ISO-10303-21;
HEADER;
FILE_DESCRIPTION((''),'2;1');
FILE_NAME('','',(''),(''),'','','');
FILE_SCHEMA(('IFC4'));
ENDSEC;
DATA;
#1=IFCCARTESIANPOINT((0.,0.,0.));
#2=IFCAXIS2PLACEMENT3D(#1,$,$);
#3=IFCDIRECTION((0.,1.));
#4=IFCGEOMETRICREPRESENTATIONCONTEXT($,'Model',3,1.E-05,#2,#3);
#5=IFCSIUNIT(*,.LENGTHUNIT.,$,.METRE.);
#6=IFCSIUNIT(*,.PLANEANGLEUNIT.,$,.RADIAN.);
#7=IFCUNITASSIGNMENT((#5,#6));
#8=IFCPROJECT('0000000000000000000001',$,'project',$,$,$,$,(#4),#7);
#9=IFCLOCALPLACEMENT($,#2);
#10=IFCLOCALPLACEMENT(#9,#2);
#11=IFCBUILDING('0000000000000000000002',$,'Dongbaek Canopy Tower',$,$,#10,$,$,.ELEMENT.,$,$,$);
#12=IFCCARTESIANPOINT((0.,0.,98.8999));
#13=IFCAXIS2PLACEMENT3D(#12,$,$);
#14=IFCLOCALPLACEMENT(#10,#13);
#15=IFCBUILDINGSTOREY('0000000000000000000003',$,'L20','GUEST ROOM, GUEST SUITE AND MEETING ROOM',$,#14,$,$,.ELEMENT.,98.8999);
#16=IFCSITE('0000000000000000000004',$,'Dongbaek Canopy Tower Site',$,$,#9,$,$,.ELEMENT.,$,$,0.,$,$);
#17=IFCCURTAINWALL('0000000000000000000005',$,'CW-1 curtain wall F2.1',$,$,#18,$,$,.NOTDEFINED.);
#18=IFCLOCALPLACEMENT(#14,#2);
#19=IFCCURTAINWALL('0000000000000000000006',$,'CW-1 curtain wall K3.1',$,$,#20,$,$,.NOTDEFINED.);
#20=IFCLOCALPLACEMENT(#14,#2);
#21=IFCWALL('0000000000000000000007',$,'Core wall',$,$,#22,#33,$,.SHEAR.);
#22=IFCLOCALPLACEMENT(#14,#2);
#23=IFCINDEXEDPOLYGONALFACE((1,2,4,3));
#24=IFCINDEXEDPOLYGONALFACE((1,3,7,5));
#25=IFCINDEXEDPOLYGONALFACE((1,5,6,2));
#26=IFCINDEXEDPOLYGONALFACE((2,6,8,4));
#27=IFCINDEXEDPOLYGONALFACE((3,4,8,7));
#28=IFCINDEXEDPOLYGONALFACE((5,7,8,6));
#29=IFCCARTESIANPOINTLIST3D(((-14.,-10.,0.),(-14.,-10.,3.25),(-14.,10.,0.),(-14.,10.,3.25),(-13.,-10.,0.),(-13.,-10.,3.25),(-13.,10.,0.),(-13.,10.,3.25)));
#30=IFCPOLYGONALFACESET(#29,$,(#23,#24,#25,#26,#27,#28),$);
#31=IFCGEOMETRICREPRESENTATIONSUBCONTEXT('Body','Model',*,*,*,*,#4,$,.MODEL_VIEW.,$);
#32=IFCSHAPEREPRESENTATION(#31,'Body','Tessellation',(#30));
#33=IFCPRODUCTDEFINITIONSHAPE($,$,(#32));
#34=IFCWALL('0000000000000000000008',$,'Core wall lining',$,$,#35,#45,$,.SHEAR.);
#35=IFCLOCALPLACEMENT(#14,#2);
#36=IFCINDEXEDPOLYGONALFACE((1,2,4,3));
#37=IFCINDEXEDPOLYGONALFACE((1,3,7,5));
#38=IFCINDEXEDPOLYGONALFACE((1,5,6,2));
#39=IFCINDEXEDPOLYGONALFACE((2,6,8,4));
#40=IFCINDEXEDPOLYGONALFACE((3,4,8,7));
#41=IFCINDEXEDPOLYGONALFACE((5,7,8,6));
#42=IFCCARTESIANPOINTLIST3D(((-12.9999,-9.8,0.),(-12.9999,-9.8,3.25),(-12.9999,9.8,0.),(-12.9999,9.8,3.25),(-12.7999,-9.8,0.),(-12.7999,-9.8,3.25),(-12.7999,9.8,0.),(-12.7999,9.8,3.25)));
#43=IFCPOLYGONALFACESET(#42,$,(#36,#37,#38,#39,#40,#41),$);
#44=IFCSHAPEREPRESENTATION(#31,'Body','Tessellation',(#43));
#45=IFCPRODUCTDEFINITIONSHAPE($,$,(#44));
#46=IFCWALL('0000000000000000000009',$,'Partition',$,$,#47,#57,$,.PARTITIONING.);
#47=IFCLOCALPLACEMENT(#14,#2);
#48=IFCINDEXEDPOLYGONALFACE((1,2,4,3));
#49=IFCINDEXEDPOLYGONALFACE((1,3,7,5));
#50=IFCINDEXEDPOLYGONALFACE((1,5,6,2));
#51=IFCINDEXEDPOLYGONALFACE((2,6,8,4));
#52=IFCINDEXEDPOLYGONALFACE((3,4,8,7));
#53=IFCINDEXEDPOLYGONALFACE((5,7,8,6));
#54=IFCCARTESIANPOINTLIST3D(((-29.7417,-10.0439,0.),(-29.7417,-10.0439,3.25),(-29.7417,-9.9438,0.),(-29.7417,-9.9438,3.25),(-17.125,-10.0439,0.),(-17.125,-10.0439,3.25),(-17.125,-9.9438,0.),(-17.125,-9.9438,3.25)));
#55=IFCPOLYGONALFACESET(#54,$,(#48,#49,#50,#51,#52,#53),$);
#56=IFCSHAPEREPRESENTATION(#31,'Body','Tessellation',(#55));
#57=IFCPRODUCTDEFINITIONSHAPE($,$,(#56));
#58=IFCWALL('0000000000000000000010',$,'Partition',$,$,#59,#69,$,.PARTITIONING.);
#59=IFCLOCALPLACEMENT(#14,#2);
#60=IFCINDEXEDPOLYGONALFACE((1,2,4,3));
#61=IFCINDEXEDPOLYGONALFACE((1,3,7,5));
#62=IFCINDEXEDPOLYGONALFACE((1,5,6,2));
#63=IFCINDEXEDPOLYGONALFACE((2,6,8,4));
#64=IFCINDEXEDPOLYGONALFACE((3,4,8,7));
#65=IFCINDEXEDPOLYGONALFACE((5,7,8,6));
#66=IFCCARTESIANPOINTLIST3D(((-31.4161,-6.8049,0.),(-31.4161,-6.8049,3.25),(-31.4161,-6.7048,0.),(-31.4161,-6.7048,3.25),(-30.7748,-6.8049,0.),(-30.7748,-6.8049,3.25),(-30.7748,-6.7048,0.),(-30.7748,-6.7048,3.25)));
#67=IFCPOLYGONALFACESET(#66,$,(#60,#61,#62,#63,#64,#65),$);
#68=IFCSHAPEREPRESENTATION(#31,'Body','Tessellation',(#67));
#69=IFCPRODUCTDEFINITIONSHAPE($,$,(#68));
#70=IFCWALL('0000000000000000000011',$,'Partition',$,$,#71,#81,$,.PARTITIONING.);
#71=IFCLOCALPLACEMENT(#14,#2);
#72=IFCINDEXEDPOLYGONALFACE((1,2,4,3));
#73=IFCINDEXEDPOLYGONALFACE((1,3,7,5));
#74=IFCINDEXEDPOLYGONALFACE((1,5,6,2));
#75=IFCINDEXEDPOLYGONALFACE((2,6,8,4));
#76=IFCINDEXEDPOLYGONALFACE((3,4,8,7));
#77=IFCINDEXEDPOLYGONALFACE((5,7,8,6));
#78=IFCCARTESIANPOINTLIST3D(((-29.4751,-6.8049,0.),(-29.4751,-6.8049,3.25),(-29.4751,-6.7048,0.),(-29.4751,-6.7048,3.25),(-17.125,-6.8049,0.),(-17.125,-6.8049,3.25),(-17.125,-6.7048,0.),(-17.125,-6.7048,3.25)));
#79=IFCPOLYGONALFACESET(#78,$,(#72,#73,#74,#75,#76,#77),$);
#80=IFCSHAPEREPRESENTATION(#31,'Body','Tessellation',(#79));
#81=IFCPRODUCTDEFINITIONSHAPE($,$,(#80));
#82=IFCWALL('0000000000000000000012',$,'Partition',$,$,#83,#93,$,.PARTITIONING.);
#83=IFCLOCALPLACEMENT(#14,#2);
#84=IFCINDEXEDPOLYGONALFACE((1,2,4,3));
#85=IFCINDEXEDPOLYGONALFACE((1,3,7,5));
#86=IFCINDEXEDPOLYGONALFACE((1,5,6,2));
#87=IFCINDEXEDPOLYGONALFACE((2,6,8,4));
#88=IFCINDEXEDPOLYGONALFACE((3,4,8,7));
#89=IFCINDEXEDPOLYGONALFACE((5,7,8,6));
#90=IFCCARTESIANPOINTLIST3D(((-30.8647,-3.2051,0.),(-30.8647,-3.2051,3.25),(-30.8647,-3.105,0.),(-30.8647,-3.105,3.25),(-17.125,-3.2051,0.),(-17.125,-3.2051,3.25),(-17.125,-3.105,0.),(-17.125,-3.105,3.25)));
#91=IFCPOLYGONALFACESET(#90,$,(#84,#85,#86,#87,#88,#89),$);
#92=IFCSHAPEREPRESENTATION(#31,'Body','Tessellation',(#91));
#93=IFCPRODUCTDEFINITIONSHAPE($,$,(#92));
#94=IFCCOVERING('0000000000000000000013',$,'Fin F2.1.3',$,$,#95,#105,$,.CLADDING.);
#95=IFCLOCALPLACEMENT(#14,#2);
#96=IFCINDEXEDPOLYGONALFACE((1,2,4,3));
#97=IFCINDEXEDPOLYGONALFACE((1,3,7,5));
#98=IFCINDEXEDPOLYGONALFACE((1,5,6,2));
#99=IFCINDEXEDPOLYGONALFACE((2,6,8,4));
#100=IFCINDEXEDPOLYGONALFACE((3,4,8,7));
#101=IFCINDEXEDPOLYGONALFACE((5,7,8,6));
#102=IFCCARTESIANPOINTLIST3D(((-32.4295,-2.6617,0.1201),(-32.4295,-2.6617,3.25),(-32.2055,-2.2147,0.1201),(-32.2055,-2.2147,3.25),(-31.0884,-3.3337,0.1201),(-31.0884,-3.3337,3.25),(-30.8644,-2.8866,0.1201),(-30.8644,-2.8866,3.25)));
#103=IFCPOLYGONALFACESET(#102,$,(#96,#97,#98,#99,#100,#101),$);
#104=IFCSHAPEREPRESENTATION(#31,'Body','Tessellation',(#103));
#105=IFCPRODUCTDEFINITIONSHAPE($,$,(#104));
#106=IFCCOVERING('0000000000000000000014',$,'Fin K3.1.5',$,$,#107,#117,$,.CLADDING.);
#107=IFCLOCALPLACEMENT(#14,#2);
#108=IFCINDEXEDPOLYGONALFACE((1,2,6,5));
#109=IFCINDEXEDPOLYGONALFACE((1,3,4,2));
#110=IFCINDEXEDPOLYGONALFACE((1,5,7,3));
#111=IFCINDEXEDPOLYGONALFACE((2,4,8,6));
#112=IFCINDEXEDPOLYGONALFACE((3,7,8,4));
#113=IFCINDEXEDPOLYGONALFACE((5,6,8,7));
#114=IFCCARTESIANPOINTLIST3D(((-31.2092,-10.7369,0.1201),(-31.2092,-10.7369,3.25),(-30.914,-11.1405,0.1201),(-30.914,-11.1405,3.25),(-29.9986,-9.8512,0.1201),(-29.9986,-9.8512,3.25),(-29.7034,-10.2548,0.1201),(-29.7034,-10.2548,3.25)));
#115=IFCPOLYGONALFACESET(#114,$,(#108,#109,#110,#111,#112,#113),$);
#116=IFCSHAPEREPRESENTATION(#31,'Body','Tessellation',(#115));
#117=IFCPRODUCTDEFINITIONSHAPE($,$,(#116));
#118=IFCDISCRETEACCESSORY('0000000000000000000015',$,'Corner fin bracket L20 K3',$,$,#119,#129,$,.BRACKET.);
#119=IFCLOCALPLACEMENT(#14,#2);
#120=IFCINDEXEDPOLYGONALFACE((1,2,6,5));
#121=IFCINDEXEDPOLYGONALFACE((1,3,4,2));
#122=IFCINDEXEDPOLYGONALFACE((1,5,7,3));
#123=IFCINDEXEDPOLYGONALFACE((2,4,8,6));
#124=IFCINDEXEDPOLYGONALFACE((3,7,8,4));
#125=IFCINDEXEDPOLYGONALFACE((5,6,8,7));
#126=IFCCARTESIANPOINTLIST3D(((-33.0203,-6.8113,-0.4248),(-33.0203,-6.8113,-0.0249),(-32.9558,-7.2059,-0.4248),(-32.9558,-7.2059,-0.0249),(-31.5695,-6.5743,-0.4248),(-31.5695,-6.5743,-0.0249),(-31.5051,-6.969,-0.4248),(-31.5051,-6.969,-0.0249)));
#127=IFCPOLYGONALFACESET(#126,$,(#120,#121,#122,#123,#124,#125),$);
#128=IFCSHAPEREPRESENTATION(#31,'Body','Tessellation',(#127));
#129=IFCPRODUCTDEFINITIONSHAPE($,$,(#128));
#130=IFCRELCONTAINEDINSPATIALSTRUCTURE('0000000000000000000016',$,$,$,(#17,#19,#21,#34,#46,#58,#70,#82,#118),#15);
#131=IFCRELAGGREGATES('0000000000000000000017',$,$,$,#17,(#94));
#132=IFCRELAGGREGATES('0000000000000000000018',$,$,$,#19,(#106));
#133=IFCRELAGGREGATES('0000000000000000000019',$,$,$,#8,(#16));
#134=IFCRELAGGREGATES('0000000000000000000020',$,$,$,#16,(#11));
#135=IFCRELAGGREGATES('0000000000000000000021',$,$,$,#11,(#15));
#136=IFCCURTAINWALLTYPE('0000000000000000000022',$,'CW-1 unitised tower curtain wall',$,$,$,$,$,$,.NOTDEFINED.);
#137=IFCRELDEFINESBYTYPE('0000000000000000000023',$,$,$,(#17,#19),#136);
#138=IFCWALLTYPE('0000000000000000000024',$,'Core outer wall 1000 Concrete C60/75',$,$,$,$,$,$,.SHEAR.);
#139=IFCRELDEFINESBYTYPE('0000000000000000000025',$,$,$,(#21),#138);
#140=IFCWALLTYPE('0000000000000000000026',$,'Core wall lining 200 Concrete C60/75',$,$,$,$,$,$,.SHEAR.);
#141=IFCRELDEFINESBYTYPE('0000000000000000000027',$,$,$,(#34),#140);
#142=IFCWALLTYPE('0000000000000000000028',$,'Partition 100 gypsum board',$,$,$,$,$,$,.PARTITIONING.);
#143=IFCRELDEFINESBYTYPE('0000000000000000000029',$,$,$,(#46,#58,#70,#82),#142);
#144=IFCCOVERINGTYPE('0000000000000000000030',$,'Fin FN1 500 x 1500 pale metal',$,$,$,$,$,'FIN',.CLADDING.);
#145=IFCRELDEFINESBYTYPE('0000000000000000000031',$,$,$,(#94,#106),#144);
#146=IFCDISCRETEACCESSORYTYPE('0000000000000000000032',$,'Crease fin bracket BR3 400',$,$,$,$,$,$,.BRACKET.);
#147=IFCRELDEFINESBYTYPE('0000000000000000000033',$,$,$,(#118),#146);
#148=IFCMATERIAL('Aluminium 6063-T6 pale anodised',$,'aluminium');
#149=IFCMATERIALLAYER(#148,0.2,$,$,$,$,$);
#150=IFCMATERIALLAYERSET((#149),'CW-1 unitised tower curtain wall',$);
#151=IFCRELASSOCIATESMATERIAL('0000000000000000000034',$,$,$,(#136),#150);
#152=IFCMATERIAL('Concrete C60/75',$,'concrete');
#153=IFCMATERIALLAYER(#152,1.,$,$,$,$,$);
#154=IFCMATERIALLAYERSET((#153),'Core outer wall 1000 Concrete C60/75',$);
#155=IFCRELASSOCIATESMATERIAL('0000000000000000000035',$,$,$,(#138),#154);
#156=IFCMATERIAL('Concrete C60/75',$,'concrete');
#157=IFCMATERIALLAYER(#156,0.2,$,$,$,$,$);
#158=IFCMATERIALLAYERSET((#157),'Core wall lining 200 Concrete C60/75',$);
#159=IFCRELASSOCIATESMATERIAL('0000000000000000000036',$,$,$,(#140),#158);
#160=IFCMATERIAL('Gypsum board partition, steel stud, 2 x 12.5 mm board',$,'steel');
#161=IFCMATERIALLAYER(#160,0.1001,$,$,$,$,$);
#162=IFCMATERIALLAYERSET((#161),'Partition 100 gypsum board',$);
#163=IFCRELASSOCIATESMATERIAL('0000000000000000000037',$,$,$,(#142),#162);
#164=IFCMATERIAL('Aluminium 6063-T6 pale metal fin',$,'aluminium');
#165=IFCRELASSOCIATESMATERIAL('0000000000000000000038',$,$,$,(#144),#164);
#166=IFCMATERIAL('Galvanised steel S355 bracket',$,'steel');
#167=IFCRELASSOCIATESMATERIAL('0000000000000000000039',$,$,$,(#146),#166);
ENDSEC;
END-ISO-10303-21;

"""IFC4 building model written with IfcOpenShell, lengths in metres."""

from ifc_helpers import new_model, si_unit, direction, frame, frame_2d, origin, origin_2d, place, context, subcontext, project, spatial, rectangle, extrude, material, layer, layer_set, material_profile, profile_set, type_object, element, aggregate, save


model = new_model("IFC4")

# Units and contexts
model_context = context("Model", 3, precision=1e-05, world=origin(), true_north=direction((0.0, 1.0)))
body_context = subcontext(model_context, "Body", "Model", "MODEL_VIEW")
ifc_project = project(units=[si_unit("LENGTHUNIT", "METRE"), si_unit("PLANEANGLEUNIT", "RADIAN")], contexts=[model_context])

# Site, building, storey
site_placement = place(None, origin())
site = spatial("IfcSite", under=ifc_project, at=site_placement, Name="Dongbaek Canopy Tower Site", CompositionType="ELEMENT", RefElevation=0.0)
building_placement = place(site_placement, origin())
building = spatial("IfcBuilding", under=site, at=building_placement, Name="Dongbaek Canopy Tower", CompositionType="ELEMENT")
storey_placement = place(building_placement, frame((0.0, 0.0, 98.8999)))
storey = spatial("IfcBuildingStorey", under=building, at=storey_placement, Name="L20", Description="GUEST ROOM, GUEST SUITE AND MEETING ROOM", CompositionType="ELEMENT", Elevation=98.8999)

# Curtain wall
ifc_material_1 = material(Name="Aluminium 6063-T6 pale anodised", Category="aluminium")
ifc_layer_1 = layer(ifc_material_1, 0.2)
ifc_layer_set_1 = layer_set([ifc_layer_1], Name="CW-1 unitised tower curtain wall")
curtain_wall_type = type_object("IfcCurtainWallType", Name="CW-1 unitised tower curtain wall", PredefinedType="NOTDEFINED", material=ifc_layer_set_1)
curtain_wall_1_placement = place(storey_placement, origin())
curtain_wall_1 = element("IfcCurtainWall", 1, at=curtain_wall_1_placement, inside=storey, type_object=curtain_wall_type, Name="CW-1 curtain wall F2.1", PredefinedType="NOTDEFINED")

# Curtain wall
curtain_wall_2_placement = place(storey_placement, origin())
curtain_wall_2 = element("IfcCurtainWall", 2, at=curtain_wall_2_placement, inside=storey, type_object=curtain_wall_type, Name="CW-1 curtain wall K3.1", PredefinedType="NOTDEFINED")

# Walls
ifc_material_2 = material(Name="Concrete C60/75", Category="concrete")
ifc_layer_2 = layer(ifc_material_2, 1.0)
ifc_layer_set_2 = layer_set([ifc_layer_2], Name="Core outer wall 1000 Concrete C60/75")
wall_type_1 = type_object("IfcWallType", Name="Core outer wall 1000 Concrete C60/75", PredefinedType="SHEAR", material=ifc_layer_set_2)
wall_1_placement = place(storey_placement, frame((-13.5, -10.0, 0.0), z_axis=(0.0, 0.0, 1.0), x_axis=(0.0, 1.0, 0.0)))
element("IfcWall", 3, at=wall_1_placement, inside=storey, type_object=wall_type_1, Name="Core wall", PredefinedType="SHEAR", context=body_context, shape_type="SweptSolid", body=[
    extrude(rectangle(XDim=20.0, YDim=1.0, at=frame_2d((10.0, 0.0))), origin(), (0.0, 0.0, 1.0), 3.25),
])
ifc_material_3 = material(Name="Concrete C60/75", Category="concrete")
ifc_layer_3 = layer(ifc_material_3, 0.2)
ifc_layer_set_3 = layer_set([ifc_layer_3], Name="Core wall lining 200 Concrete C60/75")
wall_type_2 = type_object("IfcWallType", Name="Core wall lining 200 Concrete C60/75", PredefinedType="SHEAR", material=ifc_layer_set_3)
wall_2_placement = place(storey_placement, frame((-12.8999, -9.8, 0.0), z_axis=(0.0, 0.0, 1.0), x_axis=(0.0, 1.0, 0.0)))
element("IfcWall", 4, at=wall_2_placement, inside=storey, type_object=wall_type_2, Name="Core wall lining", PredefinedType="SHEAR", context=body_context, shape_type="SweptSolid", body=[
    extrude(rectangle(XDim=19.6001, YDim=0.2, at=frame_2d((9.8, 0.0))), origin(), (0.0, 0.0, 1.0), 3.25),
])
ifc_material_4 = material(Name="Gypsum board partition, steel stud, 2 x 12.5 mm board", Category="steel")
ifc_layer_4 = layer(ifc_material_4, 0.1001)
ifc_layer_set_4 = layer_set([ifc_layer_4], Name="Partition 100 gypsum board")
wall_type_3 = type_object("IfcWallType", Name="Partition 100 gypsum board", PredefinedType="PARTITIONING", material=ifc_layer_set_4)
wall_3_placement = place(storey_placement, frame((-29.7417, -9.9939, 0.0), z_axis=(0.0, 0.0, 1.0), x_axis=(1.0, 0.0, 0.0)))
element("IfcWall", 5, at=wall_3_placement, inside=storey, type_object=wall_type_3, Name="Partition", PredefinedType="PARTITIONING", context=body_context, shape_type="SweptSolid", body=[
    extrude(rectangle(XDim=12.6167, YDim=0.1001, at=frame_2d((6.3083, 0.0))), origin(), (0.0, 0.0, 1.0), 3.25),
])
wall_4_placement = place(storey_placement, frame((-31.4163, -6.7549, 0.0), z_axis=(0.0, 0.0, 1.0), x_axis=(1.0, 0.0, 0.0)))
element("IfcWall", 6, at=wall_4_placement, inside=storey, type_object=wall_type_3, Name="Partition", PredefinedType="PARTITIONING", context=body_context, shape_type="SweptSolid", body=[
    extrude(rectangle(XDim=0.6414, YDim=0.1001, at=frame_2d((0.3208, 0.0))), origin(), (0.0, 0.0, 1.0), 3.25),
])
wall_5_placement = place(storey_placement, frame((-29.4751, -6.7549, 0.0), z_axis=(0.0, 0.0, 1.0), x_axis=(1.0, 0.0, 0.0)))
element("IfcWall", 7, at=wall_5_placement, inside=storey, type_object=wall_type_3, Name="Partition", PredefinedType="PARTITIONING", context=body_context, shape_type="SweptSolid", body=[
    extrude(rectangle(XDim=12.3501, YDim=0.1001, at=frame_2d((6.175, 0.0))), origin(), (0.0, 0.0, 1.0), 3.25),
])
wall_6_placement = place(storey_placement, frame((-30.8647, -3.155, 0.0), z_axis=(0.0, 0.0, 1.0), x_axis=(1.0, 0.0, 0.0)))
element("IfcWall", 8, at=wall_6_placement, inside=storey, type_object=wall_type_3, Name="Partition", PredefinedType="PARTITIONING", context=body_context, shape_type="SweptSolid", body=[
    extrude(rectangle(XDim=13.7397, YDim=0.1001, at=frame_2d((6.8699, 0.0))), origin(), (0.0, 0.0, 1.0), 3.25),
])

# Coverings
ifc_material_5 = material(Name="Aluminium 6063-T6 pale metal fin", Category="aluminium")
ifc_material_profile_1 = material_profile(ifc_material_5, rectangle(XDim=1.5, YDim=0.5, at=origin_2d()), Name="Fin FN1 500 x 1500 pale metal")
ifc_profile_set_1 = profile_set([ifc_material_profile_1], Name="Aluminium 6063-T6 pale metal fin")
covering_type = type_object("IfcCoveringType", Name="Fin FN1 500 x 1500 pale metal", ElementType="FIN", PredefinedType="CLADDING", material=ifc_profile_set_1)
covering_1_placement = place(storey_placement, frame((-31.647, -2.7742, 0.1201), z_axis=(0.0, 0.0, 1.0), x_axis=(-0.894056, 0.447956, 0.0)))
covering_1 = element("IfcCovering", 9, at=covering_1_placement, type_object=covering_type, Name="Fin F2.1.3", PredefinedType="CLADDING", context=body_context, shape_type="SweptSolid", body=[
    extrude(rectangle(XDim=1.5, YDim=0.5, at=origin_2d()), origin(), (0.0, 0.0, 1.0), 3.1299),
])
aggregate(curtain_wall_1, [covering_1])
covering_2_placement = place(storey_placement, frame((-30.4563, -10.4958, 0.1201), z_axis=(0.0, 0.0, 1.0), x_axis=(-0.807062, -0.590467, 0.0)))
covering_2 = element("IfcCovering", 10, at=covering_2_placement, type_object=covering_type, Name="Fin K3.1.5", PredefinedType="CLADDING", context=body_context, shape_type="SweptSolid", body=[
    extrude(rectangle(XDim=1.5, YDim=0.5, at=origin_2d()), origin(), (0.0, 0.0, 1.0), 3.1299),
])
aggregate(curtain_wall_2, [covering_2])

# Discrete accessory
ifc_material_6 = material(Name="Galvanised steel S355 bracket", Category="steel")
discrete_accessory_type = type_object("IfcDiscreteAccessoryType", Name="Crease fin bracket BR3 400", PredefinedType="BRACKET", material=ifc_material_6)
discrete_accessory_placement = place(storey_placement, frame((-32.2627, -6.8901, -0.4248), z_axis=(0.0, 0.0, 1.0), x_axis=(-0.986927, -0.161168, 0.0)))
element("IfcDiscreteAccessory", 11, at=discrete_accessory_placement, inside=storey, type_object=discrete_accessory_type, Name="Corner fin bracket L20 K3", PredefinedType="BRACKET", context=body_context, shape_type="SweptSolid", body=[
    extrude(rectangle(XDim=1.47, YDim=0.3999, at=origin_2d()), origin(), (0.0, 0.0, 1.0), 0.3999),
])

save(model, "model.ifc")
